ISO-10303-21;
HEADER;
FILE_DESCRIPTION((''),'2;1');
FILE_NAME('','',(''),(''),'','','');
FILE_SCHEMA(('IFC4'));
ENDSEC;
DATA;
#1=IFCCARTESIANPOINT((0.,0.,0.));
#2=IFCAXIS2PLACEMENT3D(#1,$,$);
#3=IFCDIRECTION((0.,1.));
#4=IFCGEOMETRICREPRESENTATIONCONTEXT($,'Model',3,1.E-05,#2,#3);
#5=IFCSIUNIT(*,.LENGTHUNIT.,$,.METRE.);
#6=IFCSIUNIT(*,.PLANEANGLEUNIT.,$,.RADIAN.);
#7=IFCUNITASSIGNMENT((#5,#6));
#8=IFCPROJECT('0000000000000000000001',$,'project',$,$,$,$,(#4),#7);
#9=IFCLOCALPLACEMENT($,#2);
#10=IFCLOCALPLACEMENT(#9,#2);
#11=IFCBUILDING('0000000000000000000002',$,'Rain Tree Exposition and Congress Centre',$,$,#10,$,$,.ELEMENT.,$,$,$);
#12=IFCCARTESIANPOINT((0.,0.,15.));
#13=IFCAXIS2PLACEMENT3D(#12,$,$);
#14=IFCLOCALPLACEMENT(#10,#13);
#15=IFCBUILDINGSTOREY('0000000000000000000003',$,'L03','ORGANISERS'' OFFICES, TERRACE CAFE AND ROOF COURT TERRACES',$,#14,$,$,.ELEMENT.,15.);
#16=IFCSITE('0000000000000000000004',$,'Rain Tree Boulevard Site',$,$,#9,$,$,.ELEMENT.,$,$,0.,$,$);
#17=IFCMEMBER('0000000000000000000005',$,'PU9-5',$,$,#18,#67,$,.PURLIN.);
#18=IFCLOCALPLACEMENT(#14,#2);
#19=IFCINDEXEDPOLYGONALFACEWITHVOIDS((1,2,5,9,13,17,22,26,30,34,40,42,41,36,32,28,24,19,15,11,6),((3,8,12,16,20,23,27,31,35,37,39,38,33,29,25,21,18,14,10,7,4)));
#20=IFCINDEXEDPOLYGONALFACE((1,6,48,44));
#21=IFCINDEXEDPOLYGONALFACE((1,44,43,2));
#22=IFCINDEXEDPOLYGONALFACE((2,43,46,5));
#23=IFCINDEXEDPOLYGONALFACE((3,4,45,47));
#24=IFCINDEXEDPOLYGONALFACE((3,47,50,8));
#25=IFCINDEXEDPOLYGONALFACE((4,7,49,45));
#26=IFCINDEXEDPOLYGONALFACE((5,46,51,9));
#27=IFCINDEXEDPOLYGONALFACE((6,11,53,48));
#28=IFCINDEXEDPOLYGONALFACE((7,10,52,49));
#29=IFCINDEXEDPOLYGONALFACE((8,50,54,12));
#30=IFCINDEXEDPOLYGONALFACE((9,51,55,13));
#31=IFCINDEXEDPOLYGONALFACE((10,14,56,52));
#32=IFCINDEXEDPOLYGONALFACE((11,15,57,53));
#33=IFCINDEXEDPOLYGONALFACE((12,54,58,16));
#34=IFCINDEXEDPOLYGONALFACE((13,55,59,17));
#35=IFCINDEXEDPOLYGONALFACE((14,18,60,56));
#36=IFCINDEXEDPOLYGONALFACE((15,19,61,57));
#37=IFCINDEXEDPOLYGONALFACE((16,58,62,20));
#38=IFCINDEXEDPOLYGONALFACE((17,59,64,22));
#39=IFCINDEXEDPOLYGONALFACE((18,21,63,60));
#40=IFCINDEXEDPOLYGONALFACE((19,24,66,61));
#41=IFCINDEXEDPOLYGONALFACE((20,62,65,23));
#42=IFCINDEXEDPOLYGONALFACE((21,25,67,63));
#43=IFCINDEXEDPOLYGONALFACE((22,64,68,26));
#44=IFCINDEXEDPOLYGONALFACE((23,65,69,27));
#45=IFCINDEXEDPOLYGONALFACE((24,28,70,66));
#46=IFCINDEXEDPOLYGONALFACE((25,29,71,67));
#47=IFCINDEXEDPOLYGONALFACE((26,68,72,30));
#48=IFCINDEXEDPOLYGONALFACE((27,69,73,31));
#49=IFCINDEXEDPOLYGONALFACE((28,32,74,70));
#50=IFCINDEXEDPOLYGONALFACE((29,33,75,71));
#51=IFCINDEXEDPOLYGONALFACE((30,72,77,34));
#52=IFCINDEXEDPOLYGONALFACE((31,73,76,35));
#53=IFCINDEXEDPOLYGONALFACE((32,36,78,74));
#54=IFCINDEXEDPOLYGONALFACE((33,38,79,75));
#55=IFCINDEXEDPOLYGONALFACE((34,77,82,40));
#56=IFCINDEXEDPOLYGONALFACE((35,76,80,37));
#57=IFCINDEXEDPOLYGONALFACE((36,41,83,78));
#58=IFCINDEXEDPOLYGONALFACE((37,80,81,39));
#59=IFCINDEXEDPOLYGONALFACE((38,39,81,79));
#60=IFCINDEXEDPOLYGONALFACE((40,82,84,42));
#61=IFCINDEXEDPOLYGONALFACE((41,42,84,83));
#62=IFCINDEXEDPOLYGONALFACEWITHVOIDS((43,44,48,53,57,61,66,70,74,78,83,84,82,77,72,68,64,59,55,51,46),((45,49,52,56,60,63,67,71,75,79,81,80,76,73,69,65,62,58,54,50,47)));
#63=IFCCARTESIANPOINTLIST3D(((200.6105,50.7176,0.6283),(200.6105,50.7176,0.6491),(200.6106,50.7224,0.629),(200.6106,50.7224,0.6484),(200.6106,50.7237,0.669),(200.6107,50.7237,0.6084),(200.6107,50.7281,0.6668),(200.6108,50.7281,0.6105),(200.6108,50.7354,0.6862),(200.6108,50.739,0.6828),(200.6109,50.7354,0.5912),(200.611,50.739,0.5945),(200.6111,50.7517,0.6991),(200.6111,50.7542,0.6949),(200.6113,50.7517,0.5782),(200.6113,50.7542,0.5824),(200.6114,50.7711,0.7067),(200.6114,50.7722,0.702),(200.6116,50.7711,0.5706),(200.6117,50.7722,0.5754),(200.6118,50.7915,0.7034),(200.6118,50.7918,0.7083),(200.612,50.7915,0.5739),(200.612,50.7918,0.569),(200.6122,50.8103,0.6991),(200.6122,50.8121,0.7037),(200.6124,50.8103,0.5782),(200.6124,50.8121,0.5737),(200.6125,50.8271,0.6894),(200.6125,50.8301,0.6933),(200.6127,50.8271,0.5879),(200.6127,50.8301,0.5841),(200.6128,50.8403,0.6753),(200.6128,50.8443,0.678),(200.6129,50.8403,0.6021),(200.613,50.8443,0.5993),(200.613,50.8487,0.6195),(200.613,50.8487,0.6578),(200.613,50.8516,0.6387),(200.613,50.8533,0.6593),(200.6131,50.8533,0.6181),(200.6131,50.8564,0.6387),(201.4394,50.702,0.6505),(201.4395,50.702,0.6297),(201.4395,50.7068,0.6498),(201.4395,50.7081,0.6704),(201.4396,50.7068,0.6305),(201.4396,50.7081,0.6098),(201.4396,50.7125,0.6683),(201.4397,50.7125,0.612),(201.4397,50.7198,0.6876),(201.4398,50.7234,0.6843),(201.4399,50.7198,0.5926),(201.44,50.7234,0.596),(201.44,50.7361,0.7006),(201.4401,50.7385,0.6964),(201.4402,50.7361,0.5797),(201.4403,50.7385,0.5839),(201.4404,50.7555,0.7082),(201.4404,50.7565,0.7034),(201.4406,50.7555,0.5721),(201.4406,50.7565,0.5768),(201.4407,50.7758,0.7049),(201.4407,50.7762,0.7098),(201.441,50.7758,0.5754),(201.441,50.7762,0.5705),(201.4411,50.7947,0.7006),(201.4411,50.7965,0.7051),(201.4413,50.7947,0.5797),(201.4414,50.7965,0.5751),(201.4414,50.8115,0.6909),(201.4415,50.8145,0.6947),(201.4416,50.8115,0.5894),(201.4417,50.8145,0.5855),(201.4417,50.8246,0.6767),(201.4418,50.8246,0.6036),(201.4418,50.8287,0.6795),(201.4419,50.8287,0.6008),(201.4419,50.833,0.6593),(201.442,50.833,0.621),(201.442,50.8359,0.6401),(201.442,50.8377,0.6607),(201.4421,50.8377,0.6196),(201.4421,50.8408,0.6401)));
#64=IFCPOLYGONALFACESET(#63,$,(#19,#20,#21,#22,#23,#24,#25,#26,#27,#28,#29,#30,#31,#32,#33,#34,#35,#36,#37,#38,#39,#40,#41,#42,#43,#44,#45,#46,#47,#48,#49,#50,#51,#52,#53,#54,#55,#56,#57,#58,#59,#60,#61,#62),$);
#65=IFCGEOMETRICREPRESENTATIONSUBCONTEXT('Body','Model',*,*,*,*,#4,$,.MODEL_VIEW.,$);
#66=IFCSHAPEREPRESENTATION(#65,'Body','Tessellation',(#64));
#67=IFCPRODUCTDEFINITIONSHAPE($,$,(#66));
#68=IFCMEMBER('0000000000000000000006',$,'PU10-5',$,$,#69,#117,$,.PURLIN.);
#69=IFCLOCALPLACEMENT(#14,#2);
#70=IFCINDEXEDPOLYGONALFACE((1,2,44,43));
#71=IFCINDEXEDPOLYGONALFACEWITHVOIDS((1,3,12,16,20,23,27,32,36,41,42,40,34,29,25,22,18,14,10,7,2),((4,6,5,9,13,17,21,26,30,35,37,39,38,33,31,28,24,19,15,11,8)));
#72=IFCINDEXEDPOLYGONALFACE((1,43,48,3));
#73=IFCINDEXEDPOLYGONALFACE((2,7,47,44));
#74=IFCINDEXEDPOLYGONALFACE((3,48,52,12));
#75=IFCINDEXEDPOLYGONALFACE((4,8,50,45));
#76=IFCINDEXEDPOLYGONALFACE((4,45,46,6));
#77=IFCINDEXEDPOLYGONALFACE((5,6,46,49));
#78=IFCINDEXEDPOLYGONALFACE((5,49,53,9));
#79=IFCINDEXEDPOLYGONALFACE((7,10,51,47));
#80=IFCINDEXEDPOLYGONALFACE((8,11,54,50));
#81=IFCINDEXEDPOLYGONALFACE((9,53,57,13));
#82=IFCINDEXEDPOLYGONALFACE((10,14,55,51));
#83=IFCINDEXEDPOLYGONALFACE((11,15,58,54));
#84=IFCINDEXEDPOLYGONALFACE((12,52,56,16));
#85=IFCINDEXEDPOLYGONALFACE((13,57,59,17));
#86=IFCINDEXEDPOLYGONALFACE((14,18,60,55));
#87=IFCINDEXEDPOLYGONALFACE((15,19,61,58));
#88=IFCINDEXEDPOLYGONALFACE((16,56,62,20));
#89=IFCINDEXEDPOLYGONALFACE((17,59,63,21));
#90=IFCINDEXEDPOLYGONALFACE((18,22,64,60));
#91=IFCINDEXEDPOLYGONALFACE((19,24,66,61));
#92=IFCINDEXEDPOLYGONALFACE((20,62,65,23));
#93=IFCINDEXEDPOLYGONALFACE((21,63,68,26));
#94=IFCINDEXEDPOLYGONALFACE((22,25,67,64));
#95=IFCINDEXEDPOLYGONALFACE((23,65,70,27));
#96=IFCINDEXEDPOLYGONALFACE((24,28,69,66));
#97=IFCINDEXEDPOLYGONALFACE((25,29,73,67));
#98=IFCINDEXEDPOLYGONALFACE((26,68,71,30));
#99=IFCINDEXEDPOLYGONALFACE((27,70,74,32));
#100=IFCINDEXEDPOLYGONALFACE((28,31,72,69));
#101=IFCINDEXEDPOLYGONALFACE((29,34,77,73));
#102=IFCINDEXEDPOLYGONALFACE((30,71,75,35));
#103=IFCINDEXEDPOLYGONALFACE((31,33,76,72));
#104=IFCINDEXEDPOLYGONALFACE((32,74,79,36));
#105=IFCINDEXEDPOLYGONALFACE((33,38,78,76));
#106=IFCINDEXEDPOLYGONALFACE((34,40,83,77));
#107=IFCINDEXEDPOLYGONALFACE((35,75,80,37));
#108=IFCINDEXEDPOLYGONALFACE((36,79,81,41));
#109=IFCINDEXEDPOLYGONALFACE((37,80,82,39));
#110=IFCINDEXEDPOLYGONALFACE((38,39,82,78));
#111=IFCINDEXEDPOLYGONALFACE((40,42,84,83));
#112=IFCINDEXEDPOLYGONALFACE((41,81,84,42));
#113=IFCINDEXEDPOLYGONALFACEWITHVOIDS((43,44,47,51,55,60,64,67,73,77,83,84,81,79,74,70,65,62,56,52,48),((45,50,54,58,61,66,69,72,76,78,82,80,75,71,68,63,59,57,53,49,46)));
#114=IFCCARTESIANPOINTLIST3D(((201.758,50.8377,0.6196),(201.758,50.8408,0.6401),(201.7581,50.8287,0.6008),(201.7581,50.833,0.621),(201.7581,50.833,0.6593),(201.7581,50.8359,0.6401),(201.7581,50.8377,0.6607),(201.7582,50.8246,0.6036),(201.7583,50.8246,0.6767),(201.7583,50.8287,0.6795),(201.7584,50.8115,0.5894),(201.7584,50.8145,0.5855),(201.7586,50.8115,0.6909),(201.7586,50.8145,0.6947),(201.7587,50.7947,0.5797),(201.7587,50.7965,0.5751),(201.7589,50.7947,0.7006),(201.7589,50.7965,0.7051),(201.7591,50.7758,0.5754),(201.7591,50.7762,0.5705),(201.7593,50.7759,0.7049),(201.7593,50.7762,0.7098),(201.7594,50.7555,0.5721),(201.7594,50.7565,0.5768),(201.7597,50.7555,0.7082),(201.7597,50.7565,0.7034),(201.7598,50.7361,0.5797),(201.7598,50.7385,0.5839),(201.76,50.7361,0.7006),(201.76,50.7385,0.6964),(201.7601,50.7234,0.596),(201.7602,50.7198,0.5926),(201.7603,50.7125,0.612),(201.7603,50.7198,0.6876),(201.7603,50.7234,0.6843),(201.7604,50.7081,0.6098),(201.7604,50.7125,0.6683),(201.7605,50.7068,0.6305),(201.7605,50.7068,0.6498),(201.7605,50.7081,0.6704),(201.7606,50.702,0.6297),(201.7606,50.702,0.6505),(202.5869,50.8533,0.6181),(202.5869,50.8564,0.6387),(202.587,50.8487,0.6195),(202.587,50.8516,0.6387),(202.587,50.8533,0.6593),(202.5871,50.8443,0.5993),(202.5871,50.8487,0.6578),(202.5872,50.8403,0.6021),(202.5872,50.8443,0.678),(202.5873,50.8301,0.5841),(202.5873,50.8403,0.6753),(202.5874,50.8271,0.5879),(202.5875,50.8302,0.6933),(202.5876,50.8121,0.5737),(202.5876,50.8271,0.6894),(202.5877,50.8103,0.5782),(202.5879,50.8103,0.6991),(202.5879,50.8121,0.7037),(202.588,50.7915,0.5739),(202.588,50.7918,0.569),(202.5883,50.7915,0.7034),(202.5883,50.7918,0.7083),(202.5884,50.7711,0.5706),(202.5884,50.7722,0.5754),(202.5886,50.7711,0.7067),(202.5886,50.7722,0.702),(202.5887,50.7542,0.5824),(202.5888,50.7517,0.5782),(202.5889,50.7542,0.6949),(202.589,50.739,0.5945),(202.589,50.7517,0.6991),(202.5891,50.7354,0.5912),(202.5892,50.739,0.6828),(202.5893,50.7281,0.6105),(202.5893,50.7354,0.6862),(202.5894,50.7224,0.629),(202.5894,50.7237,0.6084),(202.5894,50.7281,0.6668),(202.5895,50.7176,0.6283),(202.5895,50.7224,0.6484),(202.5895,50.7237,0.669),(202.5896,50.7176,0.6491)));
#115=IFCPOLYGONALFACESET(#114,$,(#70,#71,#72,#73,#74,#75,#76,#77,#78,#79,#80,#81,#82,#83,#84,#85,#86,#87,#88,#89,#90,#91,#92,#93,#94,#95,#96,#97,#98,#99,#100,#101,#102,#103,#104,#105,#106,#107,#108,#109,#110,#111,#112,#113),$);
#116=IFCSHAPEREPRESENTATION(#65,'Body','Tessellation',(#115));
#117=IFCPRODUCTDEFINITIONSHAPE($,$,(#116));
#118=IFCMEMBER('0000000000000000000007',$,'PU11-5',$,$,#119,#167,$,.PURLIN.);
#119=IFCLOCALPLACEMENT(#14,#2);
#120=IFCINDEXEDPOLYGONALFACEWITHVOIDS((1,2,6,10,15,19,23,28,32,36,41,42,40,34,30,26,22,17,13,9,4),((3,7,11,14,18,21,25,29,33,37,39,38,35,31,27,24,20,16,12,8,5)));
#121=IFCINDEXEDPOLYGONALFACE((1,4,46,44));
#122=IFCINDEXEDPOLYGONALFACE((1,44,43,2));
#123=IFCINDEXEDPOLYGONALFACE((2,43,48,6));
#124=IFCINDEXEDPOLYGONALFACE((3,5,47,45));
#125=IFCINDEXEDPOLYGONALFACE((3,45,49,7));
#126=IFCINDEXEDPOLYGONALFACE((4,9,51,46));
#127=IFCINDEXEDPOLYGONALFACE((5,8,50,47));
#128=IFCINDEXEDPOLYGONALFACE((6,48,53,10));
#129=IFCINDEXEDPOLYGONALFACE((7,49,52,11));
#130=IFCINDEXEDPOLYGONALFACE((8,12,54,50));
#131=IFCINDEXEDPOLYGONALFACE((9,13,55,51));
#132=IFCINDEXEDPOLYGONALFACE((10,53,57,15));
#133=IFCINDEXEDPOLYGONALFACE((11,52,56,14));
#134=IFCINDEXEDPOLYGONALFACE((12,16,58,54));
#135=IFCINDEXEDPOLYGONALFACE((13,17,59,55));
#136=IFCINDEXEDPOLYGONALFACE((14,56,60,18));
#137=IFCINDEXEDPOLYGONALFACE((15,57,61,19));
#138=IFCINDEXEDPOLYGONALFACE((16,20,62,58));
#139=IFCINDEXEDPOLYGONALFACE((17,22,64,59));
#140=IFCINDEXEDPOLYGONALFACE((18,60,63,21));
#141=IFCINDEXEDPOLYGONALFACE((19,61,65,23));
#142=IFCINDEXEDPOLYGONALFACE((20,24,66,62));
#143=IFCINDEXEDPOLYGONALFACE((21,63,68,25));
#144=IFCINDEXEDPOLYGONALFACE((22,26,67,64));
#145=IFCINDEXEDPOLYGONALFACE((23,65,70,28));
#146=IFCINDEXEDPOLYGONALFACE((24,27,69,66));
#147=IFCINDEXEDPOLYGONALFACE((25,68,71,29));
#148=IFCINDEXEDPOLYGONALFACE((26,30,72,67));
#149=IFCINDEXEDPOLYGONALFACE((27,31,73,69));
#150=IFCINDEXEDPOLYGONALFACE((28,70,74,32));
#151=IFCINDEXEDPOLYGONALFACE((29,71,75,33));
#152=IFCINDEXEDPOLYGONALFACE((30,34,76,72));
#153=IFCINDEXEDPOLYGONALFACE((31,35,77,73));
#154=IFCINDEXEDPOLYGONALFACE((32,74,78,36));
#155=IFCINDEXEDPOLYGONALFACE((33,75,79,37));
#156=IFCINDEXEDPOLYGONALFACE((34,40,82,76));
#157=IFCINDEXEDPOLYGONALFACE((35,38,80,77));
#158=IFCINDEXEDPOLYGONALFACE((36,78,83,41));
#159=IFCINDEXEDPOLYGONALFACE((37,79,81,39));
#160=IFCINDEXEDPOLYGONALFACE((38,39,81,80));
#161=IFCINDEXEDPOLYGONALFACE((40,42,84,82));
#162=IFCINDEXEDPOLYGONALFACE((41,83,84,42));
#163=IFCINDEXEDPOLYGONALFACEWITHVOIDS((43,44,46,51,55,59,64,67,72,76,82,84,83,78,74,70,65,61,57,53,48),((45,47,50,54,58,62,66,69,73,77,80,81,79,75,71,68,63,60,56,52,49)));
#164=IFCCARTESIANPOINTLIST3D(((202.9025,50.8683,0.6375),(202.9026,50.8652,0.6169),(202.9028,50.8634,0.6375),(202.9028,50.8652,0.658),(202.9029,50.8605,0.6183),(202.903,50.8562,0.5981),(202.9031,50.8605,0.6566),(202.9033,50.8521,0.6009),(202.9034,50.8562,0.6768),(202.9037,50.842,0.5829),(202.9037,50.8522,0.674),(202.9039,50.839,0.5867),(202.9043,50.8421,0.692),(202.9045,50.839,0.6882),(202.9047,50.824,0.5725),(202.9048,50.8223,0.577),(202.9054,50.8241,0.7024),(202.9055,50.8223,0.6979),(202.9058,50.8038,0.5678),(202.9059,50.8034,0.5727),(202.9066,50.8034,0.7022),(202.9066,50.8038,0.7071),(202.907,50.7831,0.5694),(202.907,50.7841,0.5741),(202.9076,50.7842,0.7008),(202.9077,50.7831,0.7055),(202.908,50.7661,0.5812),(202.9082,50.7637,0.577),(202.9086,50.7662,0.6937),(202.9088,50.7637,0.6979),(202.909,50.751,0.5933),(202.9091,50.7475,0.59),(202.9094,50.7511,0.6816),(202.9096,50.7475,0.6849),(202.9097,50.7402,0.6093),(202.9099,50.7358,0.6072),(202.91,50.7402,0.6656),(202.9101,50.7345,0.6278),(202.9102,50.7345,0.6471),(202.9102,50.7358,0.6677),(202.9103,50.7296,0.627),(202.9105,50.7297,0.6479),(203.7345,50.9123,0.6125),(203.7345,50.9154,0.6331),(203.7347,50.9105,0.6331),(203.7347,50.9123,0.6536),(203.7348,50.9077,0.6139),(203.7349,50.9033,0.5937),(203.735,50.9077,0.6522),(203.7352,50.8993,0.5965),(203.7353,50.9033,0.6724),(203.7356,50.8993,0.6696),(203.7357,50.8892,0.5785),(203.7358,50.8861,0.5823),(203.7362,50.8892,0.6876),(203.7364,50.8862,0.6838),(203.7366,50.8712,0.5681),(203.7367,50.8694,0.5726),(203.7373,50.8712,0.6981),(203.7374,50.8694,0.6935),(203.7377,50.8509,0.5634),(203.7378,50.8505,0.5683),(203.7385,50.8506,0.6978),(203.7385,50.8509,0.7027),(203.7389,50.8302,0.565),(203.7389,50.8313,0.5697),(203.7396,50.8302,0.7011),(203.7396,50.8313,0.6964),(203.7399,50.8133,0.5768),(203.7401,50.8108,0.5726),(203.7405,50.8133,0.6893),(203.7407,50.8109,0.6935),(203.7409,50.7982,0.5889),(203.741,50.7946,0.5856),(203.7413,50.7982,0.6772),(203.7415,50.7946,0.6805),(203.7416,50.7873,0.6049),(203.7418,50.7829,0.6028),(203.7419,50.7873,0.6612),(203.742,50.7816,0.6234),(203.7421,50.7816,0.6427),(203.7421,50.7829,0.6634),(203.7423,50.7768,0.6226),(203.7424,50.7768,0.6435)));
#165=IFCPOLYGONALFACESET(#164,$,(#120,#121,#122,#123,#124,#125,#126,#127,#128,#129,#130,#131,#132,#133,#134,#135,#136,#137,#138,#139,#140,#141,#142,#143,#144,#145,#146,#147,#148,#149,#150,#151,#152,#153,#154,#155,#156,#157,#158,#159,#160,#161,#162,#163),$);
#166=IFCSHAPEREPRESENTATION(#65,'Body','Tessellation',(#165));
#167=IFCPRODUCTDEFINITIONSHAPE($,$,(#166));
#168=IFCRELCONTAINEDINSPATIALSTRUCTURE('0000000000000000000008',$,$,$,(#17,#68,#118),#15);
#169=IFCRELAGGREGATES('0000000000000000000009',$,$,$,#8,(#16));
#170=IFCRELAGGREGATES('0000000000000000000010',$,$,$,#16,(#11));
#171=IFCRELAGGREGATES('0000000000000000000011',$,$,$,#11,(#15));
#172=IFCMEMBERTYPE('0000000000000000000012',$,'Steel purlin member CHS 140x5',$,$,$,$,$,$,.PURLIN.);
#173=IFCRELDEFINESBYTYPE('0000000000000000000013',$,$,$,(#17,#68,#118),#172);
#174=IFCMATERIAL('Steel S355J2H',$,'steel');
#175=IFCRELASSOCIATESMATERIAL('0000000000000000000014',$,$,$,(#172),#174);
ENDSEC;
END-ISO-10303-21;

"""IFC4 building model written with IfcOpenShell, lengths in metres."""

from ifc_helpers import new_model, si_unit, direction, frame, origin, origin_2d, place, context, subcontext, project, spatial, hollow_circle, extrude, material, material_profile, profile_set, type_object, element, save


model = new_model("IFC4")

# Units and contexts
model_context = context("Model", 3, precision=1e-05, world=origin(), true_north=direction((0.0, 1.0)))
body_context = subcontext(model_context, "Body", "Model", "MODEL_VIEW")
ifc_project = project(units=[si_unit("LENGTHUNIT", "METRE"), si_unit("PLANEANGLEUNIT", "RADIAN")], contexts=[model_context])

# Site, building, storey
site_placement = place(None, origin())
site = spatial("IfcSite", under=ifc_project, at=site_placement, Name="Rain Tree Boulevard Site", CompositionType="ELEMENT", RefElevation=0.0)
building_placement = place(site_placement, origin())
building = spatial("IfcBuilding", under=site, at=building_placement, Name="Rain Tree Exposition and Congress Centre", CompositionType="ELEMENT")
storey_placement = place(building_placement, frame((0.0, 0.0, 15.0)))
storey = spatial("IfcBuildingStorey", under=building, at=storey_placement, Name="L03", Description="ORGANISERS' OFFICES, TERRACE CAFE AND ROOF COURT TERRACES", CompositionType="ELEMENT", Elevation=15.0)

# Members
ifc_material_1 = material(Name="Steel S355J2H", Category="steel")
ifc_material_profile_1 = material_profile(ifc_material_1, hollow_circle(Radius=0.0698, WallThickness=0.0049, at=origin_2d()), Name="CHS 140x5")
ifc_profile_set_1 = profile_set([ifc_material_profile_1], Name="Steel S355J2H")
member_type_1 = type_object("IfcMemberType", Name="Steel purlin member CHS 140x5", PredefinedType="PURLIN", material=ifc_profile_set_1)
for number, where, z_axis, x_axis, name in (
    (1, (200.6118, 50.7866, 0.6387), (0.999821, -0.018848, 0.001767), (0.018848, 0.999822, 0.0), "PU9-5"),
    (2, (201.7593, 50.771, 0.6401), (0.999821, 0.018848, -0.001767), (-0.018848, 0.999822, 0.0), "PU10-5"),
):
    element("IfcMember", number, at=place(storey_placement, frame(where, z_axis=z_axis, x_axis=x_axis)), inside=storey, type_object=member_type_1, Name=name, PredefinedType="PURLIN", context=body_context, shape_type="SweptSolid", body=[
        extrude(hollow_circle(Radius=0.0698, WallThickness=0.0049, at=origin_2d()), origin(), (0.0, 0.0, 1.0), 0.8291),
    ])
member_1_placement = place(storey_placement, frame((202.9065, 50.7986, 0.6375), z_axis=(0.998385, 0.056557, -0.005275), x_axis=(-0.056557, 0.998399, 0.0)))
element("IfcMember", 3, at=member_1_placement, inside=storey, type_object=member_type_1, Name="PU11-5", PredefinedType="PURLIN", context=body_context, shape_type="SweptSolid", body=[
    extrude(hollow_circle(Radius=0.0698, WallThickness=0.0049, at=origin_2d()), origin(), (0.0, 0.0, 1.0), 0.8333),
])

save(model, "model.ifc")
